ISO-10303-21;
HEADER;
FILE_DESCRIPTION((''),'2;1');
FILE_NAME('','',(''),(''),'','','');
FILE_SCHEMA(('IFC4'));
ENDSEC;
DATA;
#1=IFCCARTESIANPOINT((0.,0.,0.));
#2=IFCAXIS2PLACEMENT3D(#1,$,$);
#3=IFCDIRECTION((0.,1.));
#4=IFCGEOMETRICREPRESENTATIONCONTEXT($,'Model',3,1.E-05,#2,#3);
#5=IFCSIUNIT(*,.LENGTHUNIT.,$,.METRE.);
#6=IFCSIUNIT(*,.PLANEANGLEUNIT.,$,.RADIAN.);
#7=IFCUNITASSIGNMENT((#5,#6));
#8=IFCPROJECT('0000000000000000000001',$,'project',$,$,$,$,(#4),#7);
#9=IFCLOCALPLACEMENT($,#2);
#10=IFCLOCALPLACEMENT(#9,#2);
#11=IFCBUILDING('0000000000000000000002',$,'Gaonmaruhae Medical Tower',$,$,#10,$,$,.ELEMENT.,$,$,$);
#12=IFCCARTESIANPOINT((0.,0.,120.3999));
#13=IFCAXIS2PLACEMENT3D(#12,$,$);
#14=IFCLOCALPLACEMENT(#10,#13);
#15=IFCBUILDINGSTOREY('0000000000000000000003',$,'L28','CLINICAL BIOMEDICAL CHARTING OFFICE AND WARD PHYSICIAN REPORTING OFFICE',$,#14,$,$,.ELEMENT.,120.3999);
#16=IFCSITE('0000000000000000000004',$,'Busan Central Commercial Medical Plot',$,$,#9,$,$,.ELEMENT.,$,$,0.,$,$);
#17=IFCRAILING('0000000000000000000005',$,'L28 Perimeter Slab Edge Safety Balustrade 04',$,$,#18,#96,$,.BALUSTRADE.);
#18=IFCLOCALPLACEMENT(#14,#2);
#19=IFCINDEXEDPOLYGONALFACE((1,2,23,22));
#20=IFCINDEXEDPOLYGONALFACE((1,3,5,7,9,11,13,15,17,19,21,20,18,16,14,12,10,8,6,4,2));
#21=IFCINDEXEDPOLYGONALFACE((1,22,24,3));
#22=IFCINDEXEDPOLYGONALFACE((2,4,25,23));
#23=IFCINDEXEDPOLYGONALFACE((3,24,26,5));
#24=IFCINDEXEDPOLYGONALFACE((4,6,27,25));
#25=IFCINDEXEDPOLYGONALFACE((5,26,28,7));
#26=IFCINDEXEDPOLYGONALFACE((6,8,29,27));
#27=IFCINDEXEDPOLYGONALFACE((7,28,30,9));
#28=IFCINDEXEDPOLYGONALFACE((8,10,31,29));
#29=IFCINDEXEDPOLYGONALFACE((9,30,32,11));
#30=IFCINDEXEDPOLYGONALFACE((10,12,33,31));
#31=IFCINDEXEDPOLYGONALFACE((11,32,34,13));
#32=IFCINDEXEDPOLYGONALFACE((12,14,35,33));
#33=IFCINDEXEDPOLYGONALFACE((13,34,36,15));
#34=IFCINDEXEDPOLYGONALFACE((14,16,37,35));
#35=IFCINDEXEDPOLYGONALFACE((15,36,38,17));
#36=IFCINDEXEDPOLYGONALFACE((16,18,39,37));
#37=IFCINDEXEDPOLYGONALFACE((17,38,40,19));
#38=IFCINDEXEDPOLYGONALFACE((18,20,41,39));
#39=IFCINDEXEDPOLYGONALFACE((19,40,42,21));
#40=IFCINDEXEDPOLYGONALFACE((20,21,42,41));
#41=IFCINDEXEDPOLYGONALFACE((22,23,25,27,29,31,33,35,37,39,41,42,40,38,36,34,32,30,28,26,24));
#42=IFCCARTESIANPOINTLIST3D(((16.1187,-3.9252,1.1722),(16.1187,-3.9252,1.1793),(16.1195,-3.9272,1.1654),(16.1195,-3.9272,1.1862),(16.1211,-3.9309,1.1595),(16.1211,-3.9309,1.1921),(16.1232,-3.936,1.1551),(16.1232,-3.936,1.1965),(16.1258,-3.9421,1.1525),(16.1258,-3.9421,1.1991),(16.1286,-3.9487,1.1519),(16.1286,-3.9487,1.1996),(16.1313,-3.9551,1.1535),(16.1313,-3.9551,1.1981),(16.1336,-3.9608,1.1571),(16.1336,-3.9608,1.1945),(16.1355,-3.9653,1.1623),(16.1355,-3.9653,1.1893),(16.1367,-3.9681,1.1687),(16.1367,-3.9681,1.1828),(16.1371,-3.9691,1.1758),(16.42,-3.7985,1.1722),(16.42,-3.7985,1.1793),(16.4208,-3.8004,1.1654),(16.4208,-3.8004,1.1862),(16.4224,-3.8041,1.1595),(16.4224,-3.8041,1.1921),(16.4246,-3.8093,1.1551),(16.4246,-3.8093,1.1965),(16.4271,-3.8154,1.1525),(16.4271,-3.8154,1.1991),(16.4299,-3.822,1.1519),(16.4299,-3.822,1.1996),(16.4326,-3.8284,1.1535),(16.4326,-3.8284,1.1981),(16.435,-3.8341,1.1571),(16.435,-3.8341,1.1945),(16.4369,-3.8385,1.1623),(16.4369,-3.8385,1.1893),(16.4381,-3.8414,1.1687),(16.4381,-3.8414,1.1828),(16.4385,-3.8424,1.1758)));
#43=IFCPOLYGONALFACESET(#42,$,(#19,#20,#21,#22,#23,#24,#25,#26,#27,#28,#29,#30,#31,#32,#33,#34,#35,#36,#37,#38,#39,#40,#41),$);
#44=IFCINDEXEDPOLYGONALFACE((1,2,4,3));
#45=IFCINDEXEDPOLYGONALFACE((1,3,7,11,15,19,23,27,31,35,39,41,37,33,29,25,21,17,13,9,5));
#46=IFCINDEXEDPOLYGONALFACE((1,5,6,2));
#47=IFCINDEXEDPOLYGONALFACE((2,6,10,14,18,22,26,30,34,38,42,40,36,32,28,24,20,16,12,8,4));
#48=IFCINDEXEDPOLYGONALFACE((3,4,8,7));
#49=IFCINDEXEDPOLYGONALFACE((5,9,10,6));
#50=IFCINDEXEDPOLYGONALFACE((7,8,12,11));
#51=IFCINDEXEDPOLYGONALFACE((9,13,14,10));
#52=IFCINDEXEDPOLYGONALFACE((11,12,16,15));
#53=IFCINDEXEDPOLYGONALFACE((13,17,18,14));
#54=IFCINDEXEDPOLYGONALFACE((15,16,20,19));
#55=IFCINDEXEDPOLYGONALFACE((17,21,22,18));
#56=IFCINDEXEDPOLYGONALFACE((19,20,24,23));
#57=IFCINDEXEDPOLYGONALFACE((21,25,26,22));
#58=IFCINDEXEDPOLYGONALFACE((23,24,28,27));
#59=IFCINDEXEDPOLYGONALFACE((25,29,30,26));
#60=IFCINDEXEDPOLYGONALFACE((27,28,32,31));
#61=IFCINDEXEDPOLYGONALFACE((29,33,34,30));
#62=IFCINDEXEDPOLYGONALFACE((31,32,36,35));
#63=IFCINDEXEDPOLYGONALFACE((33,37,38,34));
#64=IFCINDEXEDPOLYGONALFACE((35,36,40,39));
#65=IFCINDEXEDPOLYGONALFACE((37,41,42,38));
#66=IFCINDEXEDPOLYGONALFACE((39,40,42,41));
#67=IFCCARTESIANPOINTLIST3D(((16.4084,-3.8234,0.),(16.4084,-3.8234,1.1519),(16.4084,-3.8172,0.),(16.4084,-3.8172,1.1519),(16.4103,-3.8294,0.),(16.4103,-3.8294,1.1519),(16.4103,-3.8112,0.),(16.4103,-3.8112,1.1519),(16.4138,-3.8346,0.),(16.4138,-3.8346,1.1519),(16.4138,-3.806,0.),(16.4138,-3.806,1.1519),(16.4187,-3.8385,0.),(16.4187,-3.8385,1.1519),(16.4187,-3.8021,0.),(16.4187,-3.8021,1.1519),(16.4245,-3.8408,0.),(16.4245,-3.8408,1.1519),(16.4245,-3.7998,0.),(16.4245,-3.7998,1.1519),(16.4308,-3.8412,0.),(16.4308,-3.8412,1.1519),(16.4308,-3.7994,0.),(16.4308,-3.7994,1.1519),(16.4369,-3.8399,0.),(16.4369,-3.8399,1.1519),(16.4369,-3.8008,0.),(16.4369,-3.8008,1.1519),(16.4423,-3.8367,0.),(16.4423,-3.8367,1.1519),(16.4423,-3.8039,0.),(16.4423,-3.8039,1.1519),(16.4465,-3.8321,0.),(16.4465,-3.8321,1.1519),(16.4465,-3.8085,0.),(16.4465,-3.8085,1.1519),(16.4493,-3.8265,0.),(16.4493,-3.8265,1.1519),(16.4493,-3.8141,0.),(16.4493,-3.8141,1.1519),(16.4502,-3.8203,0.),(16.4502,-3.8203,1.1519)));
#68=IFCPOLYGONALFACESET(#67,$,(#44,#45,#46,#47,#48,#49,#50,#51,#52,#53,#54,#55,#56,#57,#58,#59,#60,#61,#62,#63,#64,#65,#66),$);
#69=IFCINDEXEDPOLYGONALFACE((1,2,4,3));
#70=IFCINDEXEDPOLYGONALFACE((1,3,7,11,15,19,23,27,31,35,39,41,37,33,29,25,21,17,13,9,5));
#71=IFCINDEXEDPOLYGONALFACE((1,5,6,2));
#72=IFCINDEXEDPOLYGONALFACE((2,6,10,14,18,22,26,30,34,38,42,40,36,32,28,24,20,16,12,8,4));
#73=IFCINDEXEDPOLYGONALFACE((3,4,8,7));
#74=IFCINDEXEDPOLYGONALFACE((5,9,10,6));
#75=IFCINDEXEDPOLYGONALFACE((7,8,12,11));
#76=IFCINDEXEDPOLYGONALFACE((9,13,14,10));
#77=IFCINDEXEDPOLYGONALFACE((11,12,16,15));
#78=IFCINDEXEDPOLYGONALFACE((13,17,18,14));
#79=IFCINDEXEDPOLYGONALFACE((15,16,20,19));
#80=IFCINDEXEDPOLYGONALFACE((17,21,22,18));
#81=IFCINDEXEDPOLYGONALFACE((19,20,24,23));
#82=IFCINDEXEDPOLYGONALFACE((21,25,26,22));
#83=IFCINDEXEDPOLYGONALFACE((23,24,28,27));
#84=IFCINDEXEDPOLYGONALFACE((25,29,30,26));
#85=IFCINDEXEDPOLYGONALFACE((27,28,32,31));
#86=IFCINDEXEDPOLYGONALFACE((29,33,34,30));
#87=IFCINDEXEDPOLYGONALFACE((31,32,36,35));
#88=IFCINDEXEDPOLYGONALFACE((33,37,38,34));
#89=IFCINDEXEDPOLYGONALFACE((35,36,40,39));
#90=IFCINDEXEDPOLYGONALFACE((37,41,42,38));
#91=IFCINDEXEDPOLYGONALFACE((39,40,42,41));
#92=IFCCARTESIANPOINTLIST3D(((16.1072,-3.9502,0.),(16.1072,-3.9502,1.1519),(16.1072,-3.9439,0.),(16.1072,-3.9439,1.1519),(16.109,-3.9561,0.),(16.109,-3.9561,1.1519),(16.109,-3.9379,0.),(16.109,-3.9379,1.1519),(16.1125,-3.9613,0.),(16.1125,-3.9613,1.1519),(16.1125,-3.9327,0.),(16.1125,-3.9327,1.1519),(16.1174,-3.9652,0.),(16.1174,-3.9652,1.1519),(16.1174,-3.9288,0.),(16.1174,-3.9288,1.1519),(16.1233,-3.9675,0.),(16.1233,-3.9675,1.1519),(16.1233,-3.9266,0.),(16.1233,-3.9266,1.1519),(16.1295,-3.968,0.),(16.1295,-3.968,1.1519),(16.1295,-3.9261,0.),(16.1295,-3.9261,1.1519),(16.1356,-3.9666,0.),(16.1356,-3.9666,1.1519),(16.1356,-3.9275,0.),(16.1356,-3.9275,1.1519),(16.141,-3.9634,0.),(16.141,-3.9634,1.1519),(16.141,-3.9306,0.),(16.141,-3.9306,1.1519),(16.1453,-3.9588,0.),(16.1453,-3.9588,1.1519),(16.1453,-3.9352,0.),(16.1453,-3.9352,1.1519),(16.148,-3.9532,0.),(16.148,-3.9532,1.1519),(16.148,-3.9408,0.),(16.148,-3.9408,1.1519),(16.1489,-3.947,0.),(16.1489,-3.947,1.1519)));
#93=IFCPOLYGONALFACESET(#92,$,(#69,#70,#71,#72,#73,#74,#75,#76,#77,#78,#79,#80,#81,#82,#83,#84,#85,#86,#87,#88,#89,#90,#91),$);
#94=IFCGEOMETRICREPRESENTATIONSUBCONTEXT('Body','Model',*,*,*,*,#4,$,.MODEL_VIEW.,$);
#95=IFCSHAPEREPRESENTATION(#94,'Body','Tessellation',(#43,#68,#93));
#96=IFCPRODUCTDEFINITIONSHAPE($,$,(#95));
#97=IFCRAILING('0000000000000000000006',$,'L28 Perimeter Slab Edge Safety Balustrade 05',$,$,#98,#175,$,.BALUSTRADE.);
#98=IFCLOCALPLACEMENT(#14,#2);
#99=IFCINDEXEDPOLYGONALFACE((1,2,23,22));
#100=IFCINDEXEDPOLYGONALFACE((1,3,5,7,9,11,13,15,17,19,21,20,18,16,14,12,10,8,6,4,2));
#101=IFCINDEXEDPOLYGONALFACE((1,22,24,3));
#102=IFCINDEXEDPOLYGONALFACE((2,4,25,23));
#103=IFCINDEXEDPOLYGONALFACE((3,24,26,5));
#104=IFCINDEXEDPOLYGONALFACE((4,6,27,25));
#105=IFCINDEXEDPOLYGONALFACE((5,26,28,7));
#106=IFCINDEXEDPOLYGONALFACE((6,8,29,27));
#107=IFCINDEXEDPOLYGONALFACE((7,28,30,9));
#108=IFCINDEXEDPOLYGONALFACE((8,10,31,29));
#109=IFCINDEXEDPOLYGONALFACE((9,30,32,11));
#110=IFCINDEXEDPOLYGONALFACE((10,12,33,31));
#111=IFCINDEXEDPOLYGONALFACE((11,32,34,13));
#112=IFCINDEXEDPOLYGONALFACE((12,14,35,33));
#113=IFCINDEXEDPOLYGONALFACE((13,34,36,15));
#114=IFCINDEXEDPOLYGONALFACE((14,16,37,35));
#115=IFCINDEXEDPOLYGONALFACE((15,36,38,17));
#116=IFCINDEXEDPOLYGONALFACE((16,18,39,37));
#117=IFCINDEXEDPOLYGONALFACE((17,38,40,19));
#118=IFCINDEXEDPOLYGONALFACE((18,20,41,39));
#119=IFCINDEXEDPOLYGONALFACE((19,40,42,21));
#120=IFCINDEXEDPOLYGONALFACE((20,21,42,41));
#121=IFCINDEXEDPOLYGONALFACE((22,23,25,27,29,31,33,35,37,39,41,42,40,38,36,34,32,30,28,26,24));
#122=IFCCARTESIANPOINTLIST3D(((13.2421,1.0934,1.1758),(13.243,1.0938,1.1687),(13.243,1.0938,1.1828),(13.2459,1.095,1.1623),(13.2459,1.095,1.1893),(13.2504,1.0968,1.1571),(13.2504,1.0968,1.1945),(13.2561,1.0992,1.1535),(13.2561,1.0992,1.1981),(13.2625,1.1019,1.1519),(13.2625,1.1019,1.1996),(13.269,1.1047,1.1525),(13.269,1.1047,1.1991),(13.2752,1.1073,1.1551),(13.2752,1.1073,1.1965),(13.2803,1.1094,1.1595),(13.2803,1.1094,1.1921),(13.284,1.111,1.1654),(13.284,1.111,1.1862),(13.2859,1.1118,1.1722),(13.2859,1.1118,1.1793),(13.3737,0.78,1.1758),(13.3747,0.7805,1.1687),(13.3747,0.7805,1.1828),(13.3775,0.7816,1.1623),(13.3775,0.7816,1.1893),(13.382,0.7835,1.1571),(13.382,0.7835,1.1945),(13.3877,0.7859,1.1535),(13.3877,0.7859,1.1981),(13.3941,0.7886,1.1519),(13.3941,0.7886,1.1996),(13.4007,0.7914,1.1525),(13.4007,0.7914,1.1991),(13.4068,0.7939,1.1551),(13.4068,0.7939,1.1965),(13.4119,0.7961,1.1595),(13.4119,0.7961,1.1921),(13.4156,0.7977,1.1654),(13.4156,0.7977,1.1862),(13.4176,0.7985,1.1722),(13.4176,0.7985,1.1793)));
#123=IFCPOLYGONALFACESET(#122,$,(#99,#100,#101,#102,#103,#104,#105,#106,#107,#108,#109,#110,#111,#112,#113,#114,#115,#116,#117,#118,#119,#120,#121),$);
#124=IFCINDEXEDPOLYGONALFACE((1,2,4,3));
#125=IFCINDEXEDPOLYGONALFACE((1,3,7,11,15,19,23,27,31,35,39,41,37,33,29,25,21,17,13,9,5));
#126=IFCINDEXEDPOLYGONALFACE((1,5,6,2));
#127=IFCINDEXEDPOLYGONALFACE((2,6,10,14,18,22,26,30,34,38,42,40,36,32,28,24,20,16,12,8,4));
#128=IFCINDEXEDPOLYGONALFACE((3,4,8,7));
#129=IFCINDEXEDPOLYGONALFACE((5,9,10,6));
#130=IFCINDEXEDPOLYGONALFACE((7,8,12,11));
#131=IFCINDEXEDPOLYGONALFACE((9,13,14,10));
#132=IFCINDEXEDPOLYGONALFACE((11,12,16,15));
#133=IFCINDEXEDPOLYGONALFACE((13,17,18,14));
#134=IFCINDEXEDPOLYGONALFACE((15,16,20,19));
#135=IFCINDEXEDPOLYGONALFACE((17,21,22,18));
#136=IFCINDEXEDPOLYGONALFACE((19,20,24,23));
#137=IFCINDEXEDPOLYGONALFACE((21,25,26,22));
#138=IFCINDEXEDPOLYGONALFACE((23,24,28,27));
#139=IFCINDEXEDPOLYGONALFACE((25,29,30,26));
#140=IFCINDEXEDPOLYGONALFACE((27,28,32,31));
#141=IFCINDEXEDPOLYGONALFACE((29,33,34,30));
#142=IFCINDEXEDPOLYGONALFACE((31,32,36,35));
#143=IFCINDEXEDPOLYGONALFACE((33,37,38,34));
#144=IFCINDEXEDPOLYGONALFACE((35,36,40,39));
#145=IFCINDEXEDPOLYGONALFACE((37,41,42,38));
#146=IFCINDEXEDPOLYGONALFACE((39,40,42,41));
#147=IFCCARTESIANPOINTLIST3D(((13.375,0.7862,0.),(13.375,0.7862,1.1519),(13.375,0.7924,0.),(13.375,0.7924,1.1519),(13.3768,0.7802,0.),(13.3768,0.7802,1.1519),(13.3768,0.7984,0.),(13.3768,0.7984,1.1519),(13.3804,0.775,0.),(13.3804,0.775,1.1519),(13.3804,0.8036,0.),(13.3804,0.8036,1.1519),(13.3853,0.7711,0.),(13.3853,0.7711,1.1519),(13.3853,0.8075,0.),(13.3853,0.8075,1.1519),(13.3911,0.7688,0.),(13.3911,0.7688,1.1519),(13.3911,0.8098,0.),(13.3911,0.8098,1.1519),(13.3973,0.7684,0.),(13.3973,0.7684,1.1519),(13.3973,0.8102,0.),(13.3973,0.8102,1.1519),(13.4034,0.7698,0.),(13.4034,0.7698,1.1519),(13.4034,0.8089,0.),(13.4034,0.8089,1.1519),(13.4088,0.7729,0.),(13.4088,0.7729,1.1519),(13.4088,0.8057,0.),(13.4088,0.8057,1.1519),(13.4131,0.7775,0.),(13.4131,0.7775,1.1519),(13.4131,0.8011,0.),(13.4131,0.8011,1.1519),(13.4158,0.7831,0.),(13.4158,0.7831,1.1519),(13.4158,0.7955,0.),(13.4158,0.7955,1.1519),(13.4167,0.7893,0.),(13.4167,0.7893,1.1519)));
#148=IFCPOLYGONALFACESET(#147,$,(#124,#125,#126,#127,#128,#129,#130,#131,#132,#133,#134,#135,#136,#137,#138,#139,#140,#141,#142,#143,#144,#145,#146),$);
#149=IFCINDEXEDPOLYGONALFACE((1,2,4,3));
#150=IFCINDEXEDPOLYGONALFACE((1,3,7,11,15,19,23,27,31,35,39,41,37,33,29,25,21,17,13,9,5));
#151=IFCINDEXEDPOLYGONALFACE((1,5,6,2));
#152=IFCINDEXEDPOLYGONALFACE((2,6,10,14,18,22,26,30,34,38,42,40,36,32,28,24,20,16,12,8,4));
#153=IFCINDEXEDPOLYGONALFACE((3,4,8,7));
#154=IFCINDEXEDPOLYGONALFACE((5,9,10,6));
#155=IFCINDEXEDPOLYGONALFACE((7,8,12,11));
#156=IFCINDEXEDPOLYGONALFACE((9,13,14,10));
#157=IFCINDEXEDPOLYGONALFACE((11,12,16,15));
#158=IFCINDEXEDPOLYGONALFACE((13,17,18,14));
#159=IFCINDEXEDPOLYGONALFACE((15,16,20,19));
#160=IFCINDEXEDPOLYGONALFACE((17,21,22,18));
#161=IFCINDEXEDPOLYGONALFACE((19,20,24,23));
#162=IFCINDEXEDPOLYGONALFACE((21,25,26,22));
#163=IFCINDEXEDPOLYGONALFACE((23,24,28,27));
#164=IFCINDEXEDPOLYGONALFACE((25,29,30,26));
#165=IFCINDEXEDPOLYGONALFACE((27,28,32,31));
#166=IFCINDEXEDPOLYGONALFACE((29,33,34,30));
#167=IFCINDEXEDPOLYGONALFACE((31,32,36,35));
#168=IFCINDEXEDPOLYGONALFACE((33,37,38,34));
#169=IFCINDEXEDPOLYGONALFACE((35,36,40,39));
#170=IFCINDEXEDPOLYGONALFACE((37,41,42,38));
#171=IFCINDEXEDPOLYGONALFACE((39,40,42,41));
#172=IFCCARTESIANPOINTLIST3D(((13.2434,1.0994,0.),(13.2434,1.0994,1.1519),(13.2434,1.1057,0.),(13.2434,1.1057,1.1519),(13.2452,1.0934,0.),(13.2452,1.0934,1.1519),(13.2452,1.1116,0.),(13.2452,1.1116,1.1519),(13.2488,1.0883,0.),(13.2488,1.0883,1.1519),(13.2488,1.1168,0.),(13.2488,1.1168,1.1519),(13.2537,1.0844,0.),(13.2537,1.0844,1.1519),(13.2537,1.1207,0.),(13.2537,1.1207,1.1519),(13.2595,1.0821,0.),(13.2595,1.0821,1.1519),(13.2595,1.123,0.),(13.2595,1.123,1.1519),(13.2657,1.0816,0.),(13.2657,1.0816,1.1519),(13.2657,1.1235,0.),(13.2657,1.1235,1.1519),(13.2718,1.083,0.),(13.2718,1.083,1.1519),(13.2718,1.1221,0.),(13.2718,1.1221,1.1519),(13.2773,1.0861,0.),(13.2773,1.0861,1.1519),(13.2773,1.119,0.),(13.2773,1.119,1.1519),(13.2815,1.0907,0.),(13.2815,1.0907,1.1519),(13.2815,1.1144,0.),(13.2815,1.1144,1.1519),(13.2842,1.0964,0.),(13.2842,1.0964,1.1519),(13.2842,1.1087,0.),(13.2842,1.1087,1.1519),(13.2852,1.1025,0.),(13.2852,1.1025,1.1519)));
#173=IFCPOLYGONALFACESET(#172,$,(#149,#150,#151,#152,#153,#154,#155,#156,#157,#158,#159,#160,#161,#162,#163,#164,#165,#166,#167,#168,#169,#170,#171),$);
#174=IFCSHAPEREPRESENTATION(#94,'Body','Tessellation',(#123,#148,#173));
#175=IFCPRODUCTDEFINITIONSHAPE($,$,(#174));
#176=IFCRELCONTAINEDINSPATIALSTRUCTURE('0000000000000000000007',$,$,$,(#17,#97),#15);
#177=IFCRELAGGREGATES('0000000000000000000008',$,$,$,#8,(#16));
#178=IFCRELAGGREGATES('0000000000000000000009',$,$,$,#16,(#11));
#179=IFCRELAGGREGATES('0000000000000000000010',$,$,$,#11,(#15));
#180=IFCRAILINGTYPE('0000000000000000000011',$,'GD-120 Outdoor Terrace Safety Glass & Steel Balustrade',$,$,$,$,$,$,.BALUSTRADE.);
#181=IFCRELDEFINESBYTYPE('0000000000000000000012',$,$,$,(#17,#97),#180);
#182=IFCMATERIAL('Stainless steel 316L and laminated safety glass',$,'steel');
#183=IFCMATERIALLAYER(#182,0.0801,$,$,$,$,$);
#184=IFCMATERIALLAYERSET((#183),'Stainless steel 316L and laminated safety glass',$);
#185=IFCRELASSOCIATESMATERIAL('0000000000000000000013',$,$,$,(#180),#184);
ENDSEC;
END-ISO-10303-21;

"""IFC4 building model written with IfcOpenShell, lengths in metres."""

from ifc_helpers import new_model, si_unit, direction, frame, origin, origin_2d, place, context, subcontext, project, spatial, circle, extrude, material, layer, layer_set, type_object, element, save


model = new_model("IFC4")

# Units and contexts
model_context = context("Model", 3, precision=1e-05, world=origin(), true_north=direction((0.0, 1.0)))
body_context = subcontext(model_context, "Body", "Model", "MODEL_VIEW")
ifc_project = project(units=[si_unit("LENGTHUNIT", "METRE"), si_unit("PLANEANGLEUNIT", "RADIAN")], contexts=[model_context])

# Site, building, storey
site_placement = place(None, origin())
site = spatial("IfcSite", under=ifc_project, at=site_placement, Name="Busan Central Commercial Medical Plot", CompositionType="ELEMENT", RefElevation=0.0)
building_placement = place(site_placement, origin())
building = spatial("IfcBuilding", under=site, at=building_placement, Name="Gaonmaruhae Medical Tower", CompositionType="ELEMENT")
storey_placement = place(building_placement, frame((0.0, 0.0, 120.3999)))
storey = spatial("IfcBuildingStorey", under=building, at=storey_placement, Name="L28", Description="CLINICAL BIOMEDICAL CHARTING OFFICE AND WARD PHYSICIAN REPORTING OFFICE", CompositionType="ELEMENT", Elevation=120.3999)

# Railings
ifc_material_1 = material(Name="Stainless steel 316L and laminated safety glass", Category="steel")
ifc_layer_1 = layer(ifc_material_1, 0.0801)
ifc_layer_set_1 = layer_set([ifc_layer_1], Name="Stainless steel 316L and laminated safety glass")
railing_type = type_object("IfcRailingType", Name="GD-120 Outdoor Terrace Safety Glass & Steel Balustrade", PredefinedType="BALUSTRADE", material=ifc_layer_set_1)
railing_1_placement = place(storey_placement, frame((16.4292, -3.8203, 0.0)))
element("IfcRailing", 1, at=railing_1_placement, inside=storey, type_object=railing_type, Name="L28 Perimeter Slab Edge Safety Balustrade 04", PredefinedType="BALUSTRADE", context=body_context, shape_type="SweptSolid", body=[
    extrude(circle(Radius=0.0239, at=origin_2d()), frame((0.0, 0.0, 1.1758), z_axis=(-0.92179, -0.38769, 0.0), x_axis=(0.38769, -0.92179, 0.0)), (0.0, 0.0, 1.0), 0.3269),
    extrude(circle(Radius=0.021, at=origin_2d()), origin(), (0.0, 0.0, 1.0), 1.1519),
    extrude(circle(Radius=0.021, at=origin_2d()), frame((-0.3013, -0.1267, 0.0)), (0.0, 0.0, 1.0), 1.1519),
])
railing_2_placement = place(storey_placement, frame((13.3958, 0.7893, 0.0)))
element("IfcRailing", 2, at=railing_2_placement, inside=storey, type_object=railing_type, Name="L28 Perimeter Slab Edge Safety Balustrade 05", PredefinedType="BALUSTRADE", context=body_context, shape_type="SweptSolid", body=[
    extrude(circle(Radius=0.0239, at=origin_2d()), frame((0.0, 0.0, 1.1758), z_axis=(-0.387318, 0.921946, 0.0), x_axis=(-0.921946, -0.387318, 0.0)), (0.0, 0.0, 1.0), 0.3398),
    extrude(circle(Radius=0.021, at=origin_2d()), origin(), (0.0, 0.0, 1.0), 1.1519),
    extrude(circle(Radius=0.021, at=origin_2d()), frame((-0.1316, 0.3132, 0.0)), (0.0, 0.0, 1.0), 1.1519),
])

save(model, "model.ifc")
